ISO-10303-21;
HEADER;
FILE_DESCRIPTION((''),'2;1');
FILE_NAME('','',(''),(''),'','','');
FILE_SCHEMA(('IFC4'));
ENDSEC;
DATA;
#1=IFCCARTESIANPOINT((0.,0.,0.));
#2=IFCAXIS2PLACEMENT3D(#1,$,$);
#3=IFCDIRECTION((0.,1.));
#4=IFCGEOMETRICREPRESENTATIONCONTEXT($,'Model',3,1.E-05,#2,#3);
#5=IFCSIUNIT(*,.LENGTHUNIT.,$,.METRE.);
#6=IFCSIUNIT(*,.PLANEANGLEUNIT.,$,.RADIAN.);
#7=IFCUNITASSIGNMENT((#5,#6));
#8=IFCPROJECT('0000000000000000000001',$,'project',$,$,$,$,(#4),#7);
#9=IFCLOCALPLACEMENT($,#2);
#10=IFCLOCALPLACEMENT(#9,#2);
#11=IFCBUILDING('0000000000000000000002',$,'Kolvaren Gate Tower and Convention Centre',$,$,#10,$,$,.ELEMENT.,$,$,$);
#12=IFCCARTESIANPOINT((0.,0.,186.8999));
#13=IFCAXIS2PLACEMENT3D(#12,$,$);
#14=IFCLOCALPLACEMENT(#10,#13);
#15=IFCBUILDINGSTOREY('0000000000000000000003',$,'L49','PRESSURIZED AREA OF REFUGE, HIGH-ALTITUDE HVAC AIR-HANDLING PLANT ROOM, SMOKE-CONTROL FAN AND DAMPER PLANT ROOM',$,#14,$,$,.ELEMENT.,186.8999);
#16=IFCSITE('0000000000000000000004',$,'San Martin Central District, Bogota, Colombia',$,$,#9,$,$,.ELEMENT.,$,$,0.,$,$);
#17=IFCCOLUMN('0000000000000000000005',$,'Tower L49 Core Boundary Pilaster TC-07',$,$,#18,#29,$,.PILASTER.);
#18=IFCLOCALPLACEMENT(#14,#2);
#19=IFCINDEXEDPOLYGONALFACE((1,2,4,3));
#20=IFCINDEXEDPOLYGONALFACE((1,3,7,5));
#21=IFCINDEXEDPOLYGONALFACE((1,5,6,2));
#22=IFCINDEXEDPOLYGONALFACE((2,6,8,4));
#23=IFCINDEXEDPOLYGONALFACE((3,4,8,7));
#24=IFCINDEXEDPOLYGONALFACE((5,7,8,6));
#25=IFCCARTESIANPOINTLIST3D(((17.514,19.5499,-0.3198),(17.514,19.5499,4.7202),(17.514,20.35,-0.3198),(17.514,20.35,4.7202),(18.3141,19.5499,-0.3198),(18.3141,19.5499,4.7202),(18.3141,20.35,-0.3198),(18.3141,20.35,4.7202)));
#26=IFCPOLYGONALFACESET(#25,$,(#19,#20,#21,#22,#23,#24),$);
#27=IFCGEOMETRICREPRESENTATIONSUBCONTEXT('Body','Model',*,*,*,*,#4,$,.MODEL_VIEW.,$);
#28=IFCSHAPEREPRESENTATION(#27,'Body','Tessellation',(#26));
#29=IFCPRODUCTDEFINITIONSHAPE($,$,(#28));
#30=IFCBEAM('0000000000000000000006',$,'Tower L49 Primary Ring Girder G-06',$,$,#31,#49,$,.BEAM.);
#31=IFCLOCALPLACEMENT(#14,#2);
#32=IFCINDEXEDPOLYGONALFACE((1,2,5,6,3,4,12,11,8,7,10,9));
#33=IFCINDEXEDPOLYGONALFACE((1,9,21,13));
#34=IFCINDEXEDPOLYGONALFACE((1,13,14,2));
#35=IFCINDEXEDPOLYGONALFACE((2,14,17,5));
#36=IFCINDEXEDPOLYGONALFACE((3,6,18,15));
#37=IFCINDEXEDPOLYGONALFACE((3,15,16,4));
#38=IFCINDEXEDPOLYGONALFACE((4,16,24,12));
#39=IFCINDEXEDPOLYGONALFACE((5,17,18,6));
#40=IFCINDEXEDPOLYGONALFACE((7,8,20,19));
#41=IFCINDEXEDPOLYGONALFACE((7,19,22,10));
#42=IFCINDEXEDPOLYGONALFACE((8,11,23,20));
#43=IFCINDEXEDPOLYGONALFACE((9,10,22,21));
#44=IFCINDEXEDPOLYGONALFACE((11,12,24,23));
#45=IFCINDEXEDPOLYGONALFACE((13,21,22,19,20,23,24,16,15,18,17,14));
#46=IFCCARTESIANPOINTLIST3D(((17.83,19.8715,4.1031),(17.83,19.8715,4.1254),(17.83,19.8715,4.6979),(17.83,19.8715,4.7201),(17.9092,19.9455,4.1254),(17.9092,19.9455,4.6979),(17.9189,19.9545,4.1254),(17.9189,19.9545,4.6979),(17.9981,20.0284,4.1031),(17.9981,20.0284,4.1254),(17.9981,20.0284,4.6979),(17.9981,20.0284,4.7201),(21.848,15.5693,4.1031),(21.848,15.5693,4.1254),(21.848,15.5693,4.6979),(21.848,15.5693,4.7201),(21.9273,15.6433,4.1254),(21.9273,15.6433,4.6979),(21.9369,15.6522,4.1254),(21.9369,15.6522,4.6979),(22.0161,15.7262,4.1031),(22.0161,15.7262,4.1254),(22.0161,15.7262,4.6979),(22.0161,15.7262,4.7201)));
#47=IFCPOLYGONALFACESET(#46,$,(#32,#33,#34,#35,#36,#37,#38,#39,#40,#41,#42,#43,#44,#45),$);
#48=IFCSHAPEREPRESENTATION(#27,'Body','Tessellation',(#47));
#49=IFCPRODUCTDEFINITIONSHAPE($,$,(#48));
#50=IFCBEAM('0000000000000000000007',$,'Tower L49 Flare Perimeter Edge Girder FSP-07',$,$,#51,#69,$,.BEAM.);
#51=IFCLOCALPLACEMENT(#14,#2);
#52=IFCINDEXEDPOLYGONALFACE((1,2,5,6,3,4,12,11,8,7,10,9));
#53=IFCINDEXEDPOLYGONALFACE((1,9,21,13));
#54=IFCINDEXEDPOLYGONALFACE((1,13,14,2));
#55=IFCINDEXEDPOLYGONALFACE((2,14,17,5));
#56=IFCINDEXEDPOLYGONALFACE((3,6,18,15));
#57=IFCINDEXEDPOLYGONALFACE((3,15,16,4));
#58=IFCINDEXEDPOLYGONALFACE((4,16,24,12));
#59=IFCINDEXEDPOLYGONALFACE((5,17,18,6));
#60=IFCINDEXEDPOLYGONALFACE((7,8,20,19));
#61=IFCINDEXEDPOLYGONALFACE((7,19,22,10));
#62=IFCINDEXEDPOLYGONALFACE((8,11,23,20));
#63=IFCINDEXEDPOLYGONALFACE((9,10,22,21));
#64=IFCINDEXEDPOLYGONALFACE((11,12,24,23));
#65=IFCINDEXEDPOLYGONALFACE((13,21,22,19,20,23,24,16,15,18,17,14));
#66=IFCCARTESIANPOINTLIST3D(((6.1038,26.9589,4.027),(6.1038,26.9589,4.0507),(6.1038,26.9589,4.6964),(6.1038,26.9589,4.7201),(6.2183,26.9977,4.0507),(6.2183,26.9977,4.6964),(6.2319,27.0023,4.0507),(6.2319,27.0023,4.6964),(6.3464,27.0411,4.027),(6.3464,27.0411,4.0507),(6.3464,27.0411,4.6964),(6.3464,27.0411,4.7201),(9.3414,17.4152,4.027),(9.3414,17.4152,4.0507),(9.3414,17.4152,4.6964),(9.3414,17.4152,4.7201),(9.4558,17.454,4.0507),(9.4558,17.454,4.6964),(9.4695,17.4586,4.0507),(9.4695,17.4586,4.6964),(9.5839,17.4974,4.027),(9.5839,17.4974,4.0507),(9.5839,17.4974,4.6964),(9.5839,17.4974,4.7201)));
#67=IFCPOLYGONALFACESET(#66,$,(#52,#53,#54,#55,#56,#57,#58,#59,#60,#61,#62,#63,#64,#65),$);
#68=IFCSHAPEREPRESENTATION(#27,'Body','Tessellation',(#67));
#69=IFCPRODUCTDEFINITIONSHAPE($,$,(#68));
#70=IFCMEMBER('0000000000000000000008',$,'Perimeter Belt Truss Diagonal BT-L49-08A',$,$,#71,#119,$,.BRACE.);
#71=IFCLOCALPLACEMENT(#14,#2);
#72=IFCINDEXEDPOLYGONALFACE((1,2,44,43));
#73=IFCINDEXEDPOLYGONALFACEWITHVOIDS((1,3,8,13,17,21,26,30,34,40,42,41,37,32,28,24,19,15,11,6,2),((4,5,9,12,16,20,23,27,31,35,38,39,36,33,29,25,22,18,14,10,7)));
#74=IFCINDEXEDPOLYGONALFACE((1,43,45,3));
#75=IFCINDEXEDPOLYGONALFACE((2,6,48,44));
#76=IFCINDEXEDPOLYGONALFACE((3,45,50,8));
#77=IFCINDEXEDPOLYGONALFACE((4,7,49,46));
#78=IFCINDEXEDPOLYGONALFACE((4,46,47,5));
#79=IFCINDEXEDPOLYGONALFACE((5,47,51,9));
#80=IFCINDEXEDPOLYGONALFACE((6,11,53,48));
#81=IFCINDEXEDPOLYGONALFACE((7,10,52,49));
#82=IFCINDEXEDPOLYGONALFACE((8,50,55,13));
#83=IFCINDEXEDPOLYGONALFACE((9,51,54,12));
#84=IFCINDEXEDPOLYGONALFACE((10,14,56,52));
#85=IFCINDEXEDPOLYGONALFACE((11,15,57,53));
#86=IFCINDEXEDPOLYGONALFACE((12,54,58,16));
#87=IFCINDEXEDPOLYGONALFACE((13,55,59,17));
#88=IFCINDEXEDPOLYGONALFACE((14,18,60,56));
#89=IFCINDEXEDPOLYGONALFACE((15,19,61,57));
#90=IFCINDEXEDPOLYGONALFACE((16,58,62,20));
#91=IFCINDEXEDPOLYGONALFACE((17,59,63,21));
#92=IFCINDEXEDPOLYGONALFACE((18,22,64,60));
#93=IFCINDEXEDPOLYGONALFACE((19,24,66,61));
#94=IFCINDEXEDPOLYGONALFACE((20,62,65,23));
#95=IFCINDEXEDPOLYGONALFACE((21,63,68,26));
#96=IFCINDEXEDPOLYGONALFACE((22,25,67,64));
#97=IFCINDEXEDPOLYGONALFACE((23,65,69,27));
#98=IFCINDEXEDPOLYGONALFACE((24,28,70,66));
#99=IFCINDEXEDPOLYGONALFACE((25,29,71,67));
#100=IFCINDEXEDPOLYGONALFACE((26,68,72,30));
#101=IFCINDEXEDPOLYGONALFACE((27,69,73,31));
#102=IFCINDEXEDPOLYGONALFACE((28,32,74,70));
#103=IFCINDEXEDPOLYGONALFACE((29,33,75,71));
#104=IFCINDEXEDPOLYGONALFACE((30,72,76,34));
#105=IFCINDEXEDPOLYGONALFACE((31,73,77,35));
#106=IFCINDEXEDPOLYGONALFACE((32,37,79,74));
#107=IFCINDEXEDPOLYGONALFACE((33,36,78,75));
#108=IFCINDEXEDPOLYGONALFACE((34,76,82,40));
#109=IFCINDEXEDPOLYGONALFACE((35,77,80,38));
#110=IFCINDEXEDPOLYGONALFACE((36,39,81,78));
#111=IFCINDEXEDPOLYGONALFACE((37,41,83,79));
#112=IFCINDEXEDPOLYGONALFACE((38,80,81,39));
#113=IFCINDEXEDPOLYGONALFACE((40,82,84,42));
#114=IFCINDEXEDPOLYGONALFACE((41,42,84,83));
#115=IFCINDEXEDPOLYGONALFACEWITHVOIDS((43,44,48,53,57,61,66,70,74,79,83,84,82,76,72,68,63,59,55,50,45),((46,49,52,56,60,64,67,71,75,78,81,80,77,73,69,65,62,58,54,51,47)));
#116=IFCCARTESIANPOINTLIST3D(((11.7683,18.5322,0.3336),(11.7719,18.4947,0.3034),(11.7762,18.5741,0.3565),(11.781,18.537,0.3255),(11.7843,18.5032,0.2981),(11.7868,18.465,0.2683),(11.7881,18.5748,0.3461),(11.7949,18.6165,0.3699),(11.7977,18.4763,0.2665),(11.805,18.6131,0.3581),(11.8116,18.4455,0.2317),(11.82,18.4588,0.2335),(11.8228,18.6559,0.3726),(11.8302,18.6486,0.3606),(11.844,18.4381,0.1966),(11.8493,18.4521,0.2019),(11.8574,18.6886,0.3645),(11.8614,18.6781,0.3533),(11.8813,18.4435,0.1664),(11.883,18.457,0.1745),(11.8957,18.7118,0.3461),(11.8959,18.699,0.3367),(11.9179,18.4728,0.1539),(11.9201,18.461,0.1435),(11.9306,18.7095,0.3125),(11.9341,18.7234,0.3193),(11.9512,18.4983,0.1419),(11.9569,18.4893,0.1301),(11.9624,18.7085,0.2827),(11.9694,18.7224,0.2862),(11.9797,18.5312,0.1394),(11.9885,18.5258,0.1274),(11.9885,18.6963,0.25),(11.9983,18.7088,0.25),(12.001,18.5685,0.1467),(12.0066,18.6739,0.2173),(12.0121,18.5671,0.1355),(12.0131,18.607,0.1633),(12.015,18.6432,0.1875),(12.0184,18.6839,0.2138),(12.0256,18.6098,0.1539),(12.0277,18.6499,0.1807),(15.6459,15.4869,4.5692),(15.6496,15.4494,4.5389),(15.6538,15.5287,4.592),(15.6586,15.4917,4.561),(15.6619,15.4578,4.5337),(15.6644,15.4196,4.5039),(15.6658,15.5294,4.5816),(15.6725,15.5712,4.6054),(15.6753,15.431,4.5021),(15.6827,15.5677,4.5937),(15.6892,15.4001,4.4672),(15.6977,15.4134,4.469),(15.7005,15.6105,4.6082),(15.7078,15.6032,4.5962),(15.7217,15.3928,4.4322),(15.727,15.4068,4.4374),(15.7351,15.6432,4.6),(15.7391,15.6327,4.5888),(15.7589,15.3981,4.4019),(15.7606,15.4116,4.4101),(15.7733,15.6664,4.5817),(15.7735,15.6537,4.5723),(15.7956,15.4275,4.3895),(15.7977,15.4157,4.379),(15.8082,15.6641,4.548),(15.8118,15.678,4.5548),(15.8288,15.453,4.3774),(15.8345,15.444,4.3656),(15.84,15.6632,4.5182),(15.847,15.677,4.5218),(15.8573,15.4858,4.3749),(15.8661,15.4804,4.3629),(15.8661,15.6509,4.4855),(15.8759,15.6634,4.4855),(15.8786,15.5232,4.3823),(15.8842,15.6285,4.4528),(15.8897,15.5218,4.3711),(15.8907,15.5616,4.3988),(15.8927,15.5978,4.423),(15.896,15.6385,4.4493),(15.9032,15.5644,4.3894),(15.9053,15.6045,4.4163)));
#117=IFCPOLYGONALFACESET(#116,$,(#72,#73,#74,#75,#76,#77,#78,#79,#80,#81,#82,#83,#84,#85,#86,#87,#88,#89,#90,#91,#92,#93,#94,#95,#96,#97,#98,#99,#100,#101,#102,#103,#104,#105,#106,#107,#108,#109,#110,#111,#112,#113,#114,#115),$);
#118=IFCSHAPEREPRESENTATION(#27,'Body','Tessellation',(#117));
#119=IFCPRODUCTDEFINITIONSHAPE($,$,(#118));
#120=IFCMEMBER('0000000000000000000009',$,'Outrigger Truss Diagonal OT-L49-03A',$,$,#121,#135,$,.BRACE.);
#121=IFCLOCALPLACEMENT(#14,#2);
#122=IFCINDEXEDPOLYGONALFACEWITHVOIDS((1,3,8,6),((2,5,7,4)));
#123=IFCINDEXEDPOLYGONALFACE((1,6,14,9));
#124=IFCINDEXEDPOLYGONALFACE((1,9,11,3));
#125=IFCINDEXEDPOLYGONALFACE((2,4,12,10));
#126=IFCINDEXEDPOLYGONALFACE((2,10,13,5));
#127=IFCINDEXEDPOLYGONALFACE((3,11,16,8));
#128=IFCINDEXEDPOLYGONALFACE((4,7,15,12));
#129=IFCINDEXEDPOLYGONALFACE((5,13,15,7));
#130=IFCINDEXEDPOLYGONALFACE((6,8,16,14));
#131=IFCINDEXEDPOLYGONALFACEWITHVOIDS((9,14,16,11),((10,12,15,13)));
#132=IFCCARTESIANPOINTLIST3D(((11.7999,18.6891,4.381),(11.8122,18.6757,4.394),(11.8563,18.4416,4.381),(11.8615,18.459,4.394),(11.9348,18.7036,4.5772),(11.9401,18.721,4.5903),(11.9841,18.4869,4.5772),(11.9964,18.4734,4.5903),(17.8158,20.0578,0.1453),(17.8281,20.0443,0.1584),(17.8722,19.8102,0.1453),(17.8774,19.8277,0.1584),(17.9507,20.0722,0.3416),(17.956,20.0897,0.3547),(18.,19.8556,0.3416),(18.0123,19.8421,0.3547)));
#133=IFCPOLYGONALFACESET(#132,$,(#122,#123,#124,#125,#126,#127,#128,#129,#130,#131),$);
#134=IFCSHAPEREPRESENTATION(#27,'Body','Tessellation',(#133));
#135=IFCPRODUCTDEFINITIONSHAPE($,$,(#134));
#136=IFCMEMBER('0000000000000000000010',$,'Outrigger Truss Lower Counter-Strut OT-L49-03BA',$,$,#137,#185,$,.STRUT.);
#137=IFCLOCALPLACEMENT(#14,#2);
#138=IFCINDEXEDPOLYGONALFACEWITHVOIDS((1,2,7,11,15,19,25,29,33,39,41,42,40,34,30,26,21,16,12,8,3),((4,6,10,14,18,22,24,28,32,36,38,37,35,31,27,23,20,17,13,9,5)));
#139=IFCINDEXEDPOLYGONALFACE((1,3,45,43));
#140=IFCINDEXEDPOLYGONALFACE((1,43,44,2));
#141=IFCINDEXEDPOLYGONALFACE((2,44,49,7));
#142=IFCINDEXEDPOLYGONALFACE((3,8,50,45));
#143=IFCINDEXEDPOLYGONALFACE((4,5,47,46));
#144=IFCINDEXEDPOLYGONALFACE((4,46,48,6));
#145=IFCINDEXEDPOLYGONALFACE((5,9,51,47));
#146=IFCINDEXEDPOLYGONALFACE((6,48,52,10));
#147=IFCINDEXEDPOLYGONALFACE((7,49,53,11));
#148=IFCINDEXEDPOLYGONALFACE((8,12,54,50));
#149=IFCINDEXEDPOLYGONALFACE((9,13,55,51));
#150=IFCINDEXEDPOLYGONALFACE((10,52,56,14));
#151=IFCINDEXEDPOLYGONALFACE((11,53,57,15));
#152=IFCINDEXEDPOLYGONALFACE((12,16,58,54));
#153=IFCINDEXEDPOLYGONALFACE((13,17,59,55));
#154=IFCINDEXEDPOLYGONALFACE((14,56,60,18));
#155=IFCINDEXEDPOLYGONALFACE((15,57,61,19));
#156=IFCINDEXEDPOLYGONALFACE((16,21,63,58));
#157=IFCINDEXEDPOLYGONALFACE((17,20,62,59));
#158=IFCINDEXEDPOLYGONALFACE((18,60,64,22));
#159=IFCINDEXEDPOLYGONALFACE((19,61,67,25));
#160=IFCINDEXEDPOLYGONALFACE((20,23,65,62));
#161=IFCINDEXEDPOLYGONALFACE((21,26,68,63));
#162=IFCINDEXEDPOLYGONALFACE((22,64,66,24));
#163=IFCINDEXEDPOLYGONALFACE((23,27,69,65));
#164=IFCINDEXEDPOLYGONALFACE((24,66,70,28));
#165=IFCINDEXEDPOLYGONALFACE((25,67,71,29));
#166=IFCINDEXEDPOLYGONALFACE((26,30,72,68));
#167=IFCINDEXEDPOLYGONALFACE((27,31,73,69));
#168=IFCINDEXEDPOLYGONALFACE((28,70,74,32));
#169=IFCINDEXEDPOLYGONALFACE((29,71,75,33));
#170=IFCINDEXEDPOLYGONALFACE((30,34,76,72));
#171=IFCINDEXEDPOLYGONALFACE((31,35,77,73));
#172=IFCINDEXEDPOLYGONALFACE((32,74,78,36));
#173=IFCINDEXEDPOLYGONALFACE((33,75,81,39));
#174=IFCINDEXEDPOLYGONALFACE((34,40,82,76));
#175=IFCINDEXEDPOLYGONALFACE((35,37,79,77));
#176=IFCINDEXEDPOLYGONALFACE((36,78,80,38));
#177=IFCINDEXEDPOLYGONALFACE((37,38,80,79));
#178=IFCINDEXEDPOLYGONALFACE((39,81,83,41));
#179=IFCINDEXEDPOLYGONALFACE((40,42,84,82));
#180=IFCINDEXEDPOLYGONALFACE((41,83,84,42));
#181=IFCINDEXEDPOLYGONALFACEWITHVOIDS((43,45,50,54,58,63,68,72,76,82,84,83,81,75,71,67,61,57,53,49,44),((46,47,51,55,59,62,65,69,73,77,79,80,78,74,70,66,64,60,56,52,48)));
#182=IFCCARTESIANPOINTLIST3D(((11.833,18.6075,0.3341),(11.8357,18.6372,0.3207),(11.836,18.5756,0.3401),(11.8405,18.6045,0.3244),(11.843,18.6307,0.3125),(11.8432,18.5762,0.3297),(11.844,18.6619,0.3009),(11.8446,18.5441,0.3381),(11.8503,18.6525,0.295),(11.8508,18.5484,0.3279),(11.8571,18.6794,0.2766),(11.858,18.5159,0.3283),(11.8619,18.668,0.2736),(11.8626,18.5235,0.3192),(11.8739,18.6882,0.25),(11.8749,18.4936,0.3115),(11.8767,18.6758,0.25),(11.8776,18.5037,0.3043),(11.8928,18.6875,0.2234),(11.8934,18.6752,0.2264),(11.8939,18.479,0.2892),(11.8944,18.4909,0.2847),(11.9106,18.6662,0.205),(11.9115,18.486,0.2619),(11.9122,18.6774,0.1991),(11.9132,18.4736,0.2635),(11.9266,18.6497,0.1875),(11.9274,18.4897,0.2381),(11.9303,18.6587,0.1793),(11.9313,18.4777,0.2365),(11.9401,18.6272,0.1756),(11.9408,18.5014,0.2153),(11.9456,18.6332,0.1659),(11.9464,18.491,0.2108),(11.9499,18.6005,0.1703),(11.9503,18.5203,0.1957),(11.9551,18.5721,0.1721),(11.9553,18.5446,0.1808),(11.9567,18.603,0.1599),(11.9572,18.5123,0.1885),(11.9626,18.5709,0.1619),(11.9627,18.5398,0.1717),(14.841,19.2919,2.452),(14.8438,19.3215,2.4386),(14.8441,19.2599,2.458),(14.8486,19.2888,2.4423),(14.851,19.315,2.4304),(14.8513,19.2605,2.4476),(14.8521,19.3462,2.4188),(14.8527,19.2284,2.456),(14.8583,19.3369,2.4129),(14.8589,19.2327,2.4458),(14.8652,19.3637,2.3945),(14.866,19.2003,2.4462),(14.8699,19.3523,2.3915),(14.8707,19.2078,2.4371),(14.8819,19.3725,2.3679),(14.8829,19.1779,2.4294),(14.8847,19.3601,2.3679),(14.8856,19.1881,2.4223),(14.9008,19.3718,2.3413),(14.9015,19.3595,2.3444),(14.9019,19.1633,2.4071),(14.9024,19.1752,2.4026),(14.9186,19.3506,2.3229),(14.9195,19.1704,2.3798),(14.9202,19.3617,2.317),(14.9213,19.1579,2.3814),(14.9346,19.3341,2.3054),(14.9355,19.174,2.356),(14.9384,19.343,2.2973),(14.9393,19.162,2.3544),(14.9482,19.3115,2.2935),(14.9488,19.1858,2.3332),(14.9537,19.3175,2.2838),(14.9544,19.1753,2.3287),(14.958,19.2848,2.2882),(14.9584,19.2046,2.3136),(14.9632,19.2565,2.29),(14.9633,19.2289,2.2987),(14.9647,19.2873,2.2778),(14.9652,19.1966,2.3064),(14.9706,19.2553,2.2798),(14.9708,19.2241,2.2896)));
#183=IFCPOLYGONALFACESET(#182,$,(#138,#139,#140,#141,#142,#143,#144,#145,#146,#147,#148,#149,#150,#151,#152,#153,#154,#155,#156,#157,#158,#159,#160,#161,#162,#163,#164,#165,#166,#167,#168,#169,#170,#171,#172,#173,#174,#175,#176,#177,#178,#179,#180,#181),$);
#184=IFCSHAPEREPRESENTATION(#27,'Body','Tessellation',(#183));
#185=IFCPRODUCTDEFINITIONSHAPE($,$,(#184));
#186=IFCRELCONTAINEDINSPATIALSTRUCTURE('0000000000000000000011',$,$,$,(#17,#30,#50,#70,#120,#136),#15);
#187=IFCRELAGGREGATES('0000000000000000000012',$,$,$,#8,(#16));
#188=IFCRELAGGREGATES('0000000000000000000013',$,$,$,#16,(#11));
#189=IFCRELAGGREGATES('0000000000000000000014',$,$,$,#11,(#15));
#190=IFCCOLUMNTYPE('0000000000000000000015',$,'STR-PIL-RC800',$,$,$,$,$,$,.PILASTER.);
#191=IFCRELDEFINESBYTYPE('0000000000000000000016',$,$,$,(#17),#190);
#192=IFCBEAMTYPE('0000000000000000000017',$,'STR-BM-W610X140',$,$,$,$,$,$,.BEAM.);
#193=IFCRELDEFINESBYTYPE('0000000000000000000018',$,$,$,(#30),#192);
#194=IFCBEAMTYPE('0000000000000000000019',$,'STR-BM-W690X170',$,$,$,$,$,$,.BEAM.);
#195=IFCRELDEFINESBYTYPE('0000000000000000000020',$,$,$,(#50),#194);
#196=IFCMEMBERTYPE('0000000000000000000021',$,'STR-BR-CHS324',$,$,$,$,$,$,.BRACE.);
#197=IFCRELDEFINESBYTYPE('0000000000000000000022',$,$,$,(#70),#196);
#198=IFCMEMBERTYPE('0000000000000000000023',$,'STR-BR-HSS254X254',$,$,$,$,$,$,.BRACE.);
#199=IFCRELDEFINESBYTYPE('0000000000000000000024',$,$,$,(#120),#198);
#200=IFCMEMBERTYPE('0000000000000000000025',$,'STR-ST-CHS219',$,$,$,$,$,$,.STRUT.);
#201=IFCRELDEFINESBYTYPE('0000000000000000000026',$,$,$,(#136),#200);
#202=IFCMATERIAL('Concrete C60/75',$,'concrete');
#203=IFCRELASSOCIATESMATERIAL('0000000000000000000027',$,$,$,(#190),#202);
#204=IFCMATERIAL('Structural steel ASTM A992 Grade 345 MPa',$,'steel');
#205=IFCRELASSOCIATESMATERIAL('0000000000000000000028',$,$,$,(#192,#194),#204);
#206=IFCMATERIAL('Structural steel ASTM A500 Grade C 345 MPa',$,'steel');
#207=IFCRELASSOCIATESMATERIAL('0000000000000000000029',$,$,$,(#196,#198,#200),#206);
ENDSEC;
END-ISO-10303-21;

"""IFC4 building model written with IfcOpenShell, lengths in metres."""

from ifc_helpers import new_model, si_unit, direction, frame, origin, origin_2d, place, context, subcontext, project, spatial, rectangle, hollow_rectangle, hollow_circle, i_section, extrude, material, material_profile, profile_set, type_object, element, save


model = new_model("IFC4")

# Units and contexts
model_context = context("Model", 3, precision=1e-05, world=origin(), true_north=direction((0.0, 1.0)))
body_context = subcontext(model_context, "Body", "Model", "MODEL_VIEW")
ifc_project = project(units=[si_unit("LENGTHUNIT", "METRE"), si_unit("PLANEANGLEUNIT", "RADIAN")], contexts=[model_context])

# Site, building, storey
site_placement = place(None, origin())
site = spatial("IfcSite", under=ifc_project, at=site_placement, Name="San Martin Central District, Bogota, Colombia", CompositionType="ELEMENT", RefElevation=0.0)
building_placement = place(site_placement, origin())
building = spatial("IfcBuilding", under=site, at=building_placement, Name="Kolvaren Gate Tower and Convention Centre", CompositionType="ELEMENT")
storey_placement = place(building_placement, frame((0.0, 0.0, 186.8999)))
storey = spatial("IfcBuildingStorey", under=building, at=storey_placement, Name="L49", Description="PRESSURIZED AREA OF REFUGE, HIGH-ALTITUDE HVAC AIR-HANDLING PLANT ROOM, SMOKE-CONTROL FAN AND DAMPER PLANT ROOM", CompositionType="ELEMENT", Elevation=186.8999)

# Column
ifc_material_1 = material(Name="Concrete C60/75", Category="concrete")
ifc_material_profile_1 = material_profile(ifc_material_1, rectangle(XDim=0.8, YDim=0.8, at=origin_2d()), Name="RC-COL-800X800")
ifc_profile_set_1 = profile_set([ifc_material_profile_1], Name="Concrete C60/75")
column_type = type_object("IfcColumnType", Name="STR-PIL-RC800", PredefinedType="PILASTER", material=ifc_profile_set_1)
column_placement = place(storey_placement, frame((17.9141, 19.95, -0.3198), z_axis=(0.0, 0.0, 1.0), x_axis=(1.0, 0.0, 0.0)))
element("IfcColumn", 1, at=column_placement, inside=storey, type_object=column_type, Name="Tower L49 Core Boundary Pilaster TC-07", PredefinedType="PILASTER", context=body_context, shape_type="SweptSolid", body=[
    extrude(rectangle(XDim=0.8, YDim=0.8, at=origin_2d()), origin(), (0.0, 0.0, 1.0), 5.04),
])

# Beams
ifc_material_2 = material(Name="Structural steel ASTM A992 Grade 345 MPa", Category="steel")
ifc_material_profile_2 = material_profile(ifc_material_2, i_section(OverallWidth=0.23, OverallDepth=0.6169, WebThickness=0.0132, FlangeThickness=0.0222, at=origin_2d()), Name="W610X140")
ifc_profile_set_2 = profile_set([ifc_material_profile_2], Name="Structural steel ASTM A992 Grade 345 MPa")
beam_type_1 = type_object("IfcBeamType", Name="STR-BM-W610X140", PredefinedType="BEAM", material=ifc_profile_set_2)
beam_1_placement = place(storey_placement, frame((17.9141, 19.95, 4.4116), z_axis=(0.682558, -0.730832, 0.0), x_axis=(0.730832, 0.682558, 0.0)))
element("IfcBeam", 2, at=beam_1_placement, inside=storey, type_object=beam_type_1, Name="Tower L49 Primary Ring Girder G-06", PredefinedType="BEAM", context=body_context, shape_type="SweptSolid", body=[
    extrude(i_section(OverallWidth=0.23, OverallDepth=0.6169, WebThickness=0.0132, FlangeThickness=0.0222, at=origin_2d()), origin(), (0.0, 0.0, 1.0), 5.8867),
])
ifc_material_profile_3 = material_profile(ifc_material_2, i_section(OverallWidth=0.2561, OverallDepth=0.6931, WebThickness=0.0144, FlangeThickness=0.0237, at=origin_2d()), Name="W690X170")
ifc_profile_set_3 = profile_set([ifc_material_profile_3], Name="Structural steel ASTM A992 Grade 345 MPa")
beam_type_2 = type_object("IfcBeamType", Name="STR-BM-W690X170", PredefinedType="BEAM", material=ifc_profile_set_3)
beam_2_placement = place(storey_placement, frame((6.2251, 27.0, 4.3735), z_axis=(0.321253, -0.946994, 0.0), x_axis=(0.946994, 0.321253, 0.0)))
element("IfcBeam", 3, at=beam_2_placement, inside=storey, type_object=beam_type_2, Name="Tower L49 Flare Perimeter Edge Girder FSP-07", PredefinedType="BEAM", context=body_context, shape_type="SweptSolid", body=[
    extrude(i_section(OverallWidth=0.2561, OverallDepth=0.6931, WebThickness=0.0144, FlangeThickness=0.0237, at=origin_2d()), origin(), (0.0, 0.0, 1.0), 10.0779),
])

# Members
ifc_material_3 = material(Name="Structural steel ASTM A500 Grade C 345 MPa", Category="steel")
ifc_material_profile_4 = material_profile(ifc_material_3, hollow_circle(Radius=0.1621, WallThickness=0.0159, at=origin_2d()), Name="CHS324X15.9")
ifc_profile_set_4 = profile_set([ifc_material_profile_4], Name="Structural steel ASTM A500 Grade C 345 MPa")
member_type_1 = type_object("IfcMemberType", Name="STR-BR-CHS324", PredefinedType="BRACE", material=ifc_profile_set_4)
member_1_placement = place(storey_placement, frame((11.8982, 18.5813, 0.25), z_axis=(0.596558, -0.468518, 0.651621), x_axis=(0.617653, 0.786451, 0.0)))
element("IfcMember", 4, at=member_1_placement, inside=storey, type_object=member_type_1, Name="Perimeter Belt Truss Diagonal BT-L49-08A", PredefinedType="BRACE", context=body_context, shape_type="SweptSolid", body=[
    extrude(hollow_circle(Radius=0.1621, WallThickness=0.0159, at=origin_2d()), origin(), (0.0, 0.0, 1.0), 6.5),
])
ifc_material_profile_5 = material_profile(ifc_material_3, hollow_rectangle(XDim=0.2539, YDim=0.2539, WallThickness=0.0159, at=origin_2d()), Name="HSS254X254X15.9")
ifc_profile_set_5 = profile_set([ifc_material_profile_5], Name="Structural steel ASTM A500 Grade C 345 MPa")
member_type_2 = type_object("IfcMemberType", Name="STR-BR-HSS254X254", PredefinedType="BRACE", material=ifc_profile_set_5)
member_2_placement = place(storey_placement, frame((17.9141, 19.95, 0.25), z_axis=(-0.803874, -0.182887, 0.565984), x_axis=(0.221838, -0.975083, 0.0)))
element("IfcMember", 5, at=member_2_placement, inside=storey, type_object=member_type_2, Name="Outrigger Truss Diagonal OT-L49-03A", PredefinedType="BRACE", context=body_context, shape_type="SweptSolid", body=[
    extrude(hollow_rectangle(XDim=0.2539, YDim=0.2539, WallThickness=0.0159, at=origin_2d()), origin(), (0.0, 0.0, 1.0), 7.4836),
])
ifc_material_profile_6 = material_profile(ifc_material_3, hollow_circle(Radius=0.1096, WallThickness=0.0127, at=origin_2d()), Name="CHS219X12.7")
ifc_profile_set_6 = profile_set([ifc_material_profile_6], Name="Structural steel ASTM A500 Grade C 345 MPa")
member_type_3 = type_object("IfcMemberType", Name="STR-ST-CHS219", PredefinedType="STRUT", material=ifc_profile_set_6)
member_3_placement = place(storey_placement, frame((11.8982, 18.5813, 0.25), z_axis=(0.803871, 0.182879, 0.565992), x_axis=(-0.22183, 0.975085, 0.0)))
element("IfcMember", 6, at=member_3_placement, inside=storey, type_object=member_type_3, Name="Outrigger Truss Lower Counter-Strut OT-L49-03BA", PredefinedType="STRUT", context=body_context, shape_type="SweptSolid", body=[
    extrude(hollow_circle(Radius=0.1096, WallThickness=0.0127, at=origin_2d()), origin(), (0.0, 0.0, 1.0), 3.7419),
])

save(model, "model.ifc")
